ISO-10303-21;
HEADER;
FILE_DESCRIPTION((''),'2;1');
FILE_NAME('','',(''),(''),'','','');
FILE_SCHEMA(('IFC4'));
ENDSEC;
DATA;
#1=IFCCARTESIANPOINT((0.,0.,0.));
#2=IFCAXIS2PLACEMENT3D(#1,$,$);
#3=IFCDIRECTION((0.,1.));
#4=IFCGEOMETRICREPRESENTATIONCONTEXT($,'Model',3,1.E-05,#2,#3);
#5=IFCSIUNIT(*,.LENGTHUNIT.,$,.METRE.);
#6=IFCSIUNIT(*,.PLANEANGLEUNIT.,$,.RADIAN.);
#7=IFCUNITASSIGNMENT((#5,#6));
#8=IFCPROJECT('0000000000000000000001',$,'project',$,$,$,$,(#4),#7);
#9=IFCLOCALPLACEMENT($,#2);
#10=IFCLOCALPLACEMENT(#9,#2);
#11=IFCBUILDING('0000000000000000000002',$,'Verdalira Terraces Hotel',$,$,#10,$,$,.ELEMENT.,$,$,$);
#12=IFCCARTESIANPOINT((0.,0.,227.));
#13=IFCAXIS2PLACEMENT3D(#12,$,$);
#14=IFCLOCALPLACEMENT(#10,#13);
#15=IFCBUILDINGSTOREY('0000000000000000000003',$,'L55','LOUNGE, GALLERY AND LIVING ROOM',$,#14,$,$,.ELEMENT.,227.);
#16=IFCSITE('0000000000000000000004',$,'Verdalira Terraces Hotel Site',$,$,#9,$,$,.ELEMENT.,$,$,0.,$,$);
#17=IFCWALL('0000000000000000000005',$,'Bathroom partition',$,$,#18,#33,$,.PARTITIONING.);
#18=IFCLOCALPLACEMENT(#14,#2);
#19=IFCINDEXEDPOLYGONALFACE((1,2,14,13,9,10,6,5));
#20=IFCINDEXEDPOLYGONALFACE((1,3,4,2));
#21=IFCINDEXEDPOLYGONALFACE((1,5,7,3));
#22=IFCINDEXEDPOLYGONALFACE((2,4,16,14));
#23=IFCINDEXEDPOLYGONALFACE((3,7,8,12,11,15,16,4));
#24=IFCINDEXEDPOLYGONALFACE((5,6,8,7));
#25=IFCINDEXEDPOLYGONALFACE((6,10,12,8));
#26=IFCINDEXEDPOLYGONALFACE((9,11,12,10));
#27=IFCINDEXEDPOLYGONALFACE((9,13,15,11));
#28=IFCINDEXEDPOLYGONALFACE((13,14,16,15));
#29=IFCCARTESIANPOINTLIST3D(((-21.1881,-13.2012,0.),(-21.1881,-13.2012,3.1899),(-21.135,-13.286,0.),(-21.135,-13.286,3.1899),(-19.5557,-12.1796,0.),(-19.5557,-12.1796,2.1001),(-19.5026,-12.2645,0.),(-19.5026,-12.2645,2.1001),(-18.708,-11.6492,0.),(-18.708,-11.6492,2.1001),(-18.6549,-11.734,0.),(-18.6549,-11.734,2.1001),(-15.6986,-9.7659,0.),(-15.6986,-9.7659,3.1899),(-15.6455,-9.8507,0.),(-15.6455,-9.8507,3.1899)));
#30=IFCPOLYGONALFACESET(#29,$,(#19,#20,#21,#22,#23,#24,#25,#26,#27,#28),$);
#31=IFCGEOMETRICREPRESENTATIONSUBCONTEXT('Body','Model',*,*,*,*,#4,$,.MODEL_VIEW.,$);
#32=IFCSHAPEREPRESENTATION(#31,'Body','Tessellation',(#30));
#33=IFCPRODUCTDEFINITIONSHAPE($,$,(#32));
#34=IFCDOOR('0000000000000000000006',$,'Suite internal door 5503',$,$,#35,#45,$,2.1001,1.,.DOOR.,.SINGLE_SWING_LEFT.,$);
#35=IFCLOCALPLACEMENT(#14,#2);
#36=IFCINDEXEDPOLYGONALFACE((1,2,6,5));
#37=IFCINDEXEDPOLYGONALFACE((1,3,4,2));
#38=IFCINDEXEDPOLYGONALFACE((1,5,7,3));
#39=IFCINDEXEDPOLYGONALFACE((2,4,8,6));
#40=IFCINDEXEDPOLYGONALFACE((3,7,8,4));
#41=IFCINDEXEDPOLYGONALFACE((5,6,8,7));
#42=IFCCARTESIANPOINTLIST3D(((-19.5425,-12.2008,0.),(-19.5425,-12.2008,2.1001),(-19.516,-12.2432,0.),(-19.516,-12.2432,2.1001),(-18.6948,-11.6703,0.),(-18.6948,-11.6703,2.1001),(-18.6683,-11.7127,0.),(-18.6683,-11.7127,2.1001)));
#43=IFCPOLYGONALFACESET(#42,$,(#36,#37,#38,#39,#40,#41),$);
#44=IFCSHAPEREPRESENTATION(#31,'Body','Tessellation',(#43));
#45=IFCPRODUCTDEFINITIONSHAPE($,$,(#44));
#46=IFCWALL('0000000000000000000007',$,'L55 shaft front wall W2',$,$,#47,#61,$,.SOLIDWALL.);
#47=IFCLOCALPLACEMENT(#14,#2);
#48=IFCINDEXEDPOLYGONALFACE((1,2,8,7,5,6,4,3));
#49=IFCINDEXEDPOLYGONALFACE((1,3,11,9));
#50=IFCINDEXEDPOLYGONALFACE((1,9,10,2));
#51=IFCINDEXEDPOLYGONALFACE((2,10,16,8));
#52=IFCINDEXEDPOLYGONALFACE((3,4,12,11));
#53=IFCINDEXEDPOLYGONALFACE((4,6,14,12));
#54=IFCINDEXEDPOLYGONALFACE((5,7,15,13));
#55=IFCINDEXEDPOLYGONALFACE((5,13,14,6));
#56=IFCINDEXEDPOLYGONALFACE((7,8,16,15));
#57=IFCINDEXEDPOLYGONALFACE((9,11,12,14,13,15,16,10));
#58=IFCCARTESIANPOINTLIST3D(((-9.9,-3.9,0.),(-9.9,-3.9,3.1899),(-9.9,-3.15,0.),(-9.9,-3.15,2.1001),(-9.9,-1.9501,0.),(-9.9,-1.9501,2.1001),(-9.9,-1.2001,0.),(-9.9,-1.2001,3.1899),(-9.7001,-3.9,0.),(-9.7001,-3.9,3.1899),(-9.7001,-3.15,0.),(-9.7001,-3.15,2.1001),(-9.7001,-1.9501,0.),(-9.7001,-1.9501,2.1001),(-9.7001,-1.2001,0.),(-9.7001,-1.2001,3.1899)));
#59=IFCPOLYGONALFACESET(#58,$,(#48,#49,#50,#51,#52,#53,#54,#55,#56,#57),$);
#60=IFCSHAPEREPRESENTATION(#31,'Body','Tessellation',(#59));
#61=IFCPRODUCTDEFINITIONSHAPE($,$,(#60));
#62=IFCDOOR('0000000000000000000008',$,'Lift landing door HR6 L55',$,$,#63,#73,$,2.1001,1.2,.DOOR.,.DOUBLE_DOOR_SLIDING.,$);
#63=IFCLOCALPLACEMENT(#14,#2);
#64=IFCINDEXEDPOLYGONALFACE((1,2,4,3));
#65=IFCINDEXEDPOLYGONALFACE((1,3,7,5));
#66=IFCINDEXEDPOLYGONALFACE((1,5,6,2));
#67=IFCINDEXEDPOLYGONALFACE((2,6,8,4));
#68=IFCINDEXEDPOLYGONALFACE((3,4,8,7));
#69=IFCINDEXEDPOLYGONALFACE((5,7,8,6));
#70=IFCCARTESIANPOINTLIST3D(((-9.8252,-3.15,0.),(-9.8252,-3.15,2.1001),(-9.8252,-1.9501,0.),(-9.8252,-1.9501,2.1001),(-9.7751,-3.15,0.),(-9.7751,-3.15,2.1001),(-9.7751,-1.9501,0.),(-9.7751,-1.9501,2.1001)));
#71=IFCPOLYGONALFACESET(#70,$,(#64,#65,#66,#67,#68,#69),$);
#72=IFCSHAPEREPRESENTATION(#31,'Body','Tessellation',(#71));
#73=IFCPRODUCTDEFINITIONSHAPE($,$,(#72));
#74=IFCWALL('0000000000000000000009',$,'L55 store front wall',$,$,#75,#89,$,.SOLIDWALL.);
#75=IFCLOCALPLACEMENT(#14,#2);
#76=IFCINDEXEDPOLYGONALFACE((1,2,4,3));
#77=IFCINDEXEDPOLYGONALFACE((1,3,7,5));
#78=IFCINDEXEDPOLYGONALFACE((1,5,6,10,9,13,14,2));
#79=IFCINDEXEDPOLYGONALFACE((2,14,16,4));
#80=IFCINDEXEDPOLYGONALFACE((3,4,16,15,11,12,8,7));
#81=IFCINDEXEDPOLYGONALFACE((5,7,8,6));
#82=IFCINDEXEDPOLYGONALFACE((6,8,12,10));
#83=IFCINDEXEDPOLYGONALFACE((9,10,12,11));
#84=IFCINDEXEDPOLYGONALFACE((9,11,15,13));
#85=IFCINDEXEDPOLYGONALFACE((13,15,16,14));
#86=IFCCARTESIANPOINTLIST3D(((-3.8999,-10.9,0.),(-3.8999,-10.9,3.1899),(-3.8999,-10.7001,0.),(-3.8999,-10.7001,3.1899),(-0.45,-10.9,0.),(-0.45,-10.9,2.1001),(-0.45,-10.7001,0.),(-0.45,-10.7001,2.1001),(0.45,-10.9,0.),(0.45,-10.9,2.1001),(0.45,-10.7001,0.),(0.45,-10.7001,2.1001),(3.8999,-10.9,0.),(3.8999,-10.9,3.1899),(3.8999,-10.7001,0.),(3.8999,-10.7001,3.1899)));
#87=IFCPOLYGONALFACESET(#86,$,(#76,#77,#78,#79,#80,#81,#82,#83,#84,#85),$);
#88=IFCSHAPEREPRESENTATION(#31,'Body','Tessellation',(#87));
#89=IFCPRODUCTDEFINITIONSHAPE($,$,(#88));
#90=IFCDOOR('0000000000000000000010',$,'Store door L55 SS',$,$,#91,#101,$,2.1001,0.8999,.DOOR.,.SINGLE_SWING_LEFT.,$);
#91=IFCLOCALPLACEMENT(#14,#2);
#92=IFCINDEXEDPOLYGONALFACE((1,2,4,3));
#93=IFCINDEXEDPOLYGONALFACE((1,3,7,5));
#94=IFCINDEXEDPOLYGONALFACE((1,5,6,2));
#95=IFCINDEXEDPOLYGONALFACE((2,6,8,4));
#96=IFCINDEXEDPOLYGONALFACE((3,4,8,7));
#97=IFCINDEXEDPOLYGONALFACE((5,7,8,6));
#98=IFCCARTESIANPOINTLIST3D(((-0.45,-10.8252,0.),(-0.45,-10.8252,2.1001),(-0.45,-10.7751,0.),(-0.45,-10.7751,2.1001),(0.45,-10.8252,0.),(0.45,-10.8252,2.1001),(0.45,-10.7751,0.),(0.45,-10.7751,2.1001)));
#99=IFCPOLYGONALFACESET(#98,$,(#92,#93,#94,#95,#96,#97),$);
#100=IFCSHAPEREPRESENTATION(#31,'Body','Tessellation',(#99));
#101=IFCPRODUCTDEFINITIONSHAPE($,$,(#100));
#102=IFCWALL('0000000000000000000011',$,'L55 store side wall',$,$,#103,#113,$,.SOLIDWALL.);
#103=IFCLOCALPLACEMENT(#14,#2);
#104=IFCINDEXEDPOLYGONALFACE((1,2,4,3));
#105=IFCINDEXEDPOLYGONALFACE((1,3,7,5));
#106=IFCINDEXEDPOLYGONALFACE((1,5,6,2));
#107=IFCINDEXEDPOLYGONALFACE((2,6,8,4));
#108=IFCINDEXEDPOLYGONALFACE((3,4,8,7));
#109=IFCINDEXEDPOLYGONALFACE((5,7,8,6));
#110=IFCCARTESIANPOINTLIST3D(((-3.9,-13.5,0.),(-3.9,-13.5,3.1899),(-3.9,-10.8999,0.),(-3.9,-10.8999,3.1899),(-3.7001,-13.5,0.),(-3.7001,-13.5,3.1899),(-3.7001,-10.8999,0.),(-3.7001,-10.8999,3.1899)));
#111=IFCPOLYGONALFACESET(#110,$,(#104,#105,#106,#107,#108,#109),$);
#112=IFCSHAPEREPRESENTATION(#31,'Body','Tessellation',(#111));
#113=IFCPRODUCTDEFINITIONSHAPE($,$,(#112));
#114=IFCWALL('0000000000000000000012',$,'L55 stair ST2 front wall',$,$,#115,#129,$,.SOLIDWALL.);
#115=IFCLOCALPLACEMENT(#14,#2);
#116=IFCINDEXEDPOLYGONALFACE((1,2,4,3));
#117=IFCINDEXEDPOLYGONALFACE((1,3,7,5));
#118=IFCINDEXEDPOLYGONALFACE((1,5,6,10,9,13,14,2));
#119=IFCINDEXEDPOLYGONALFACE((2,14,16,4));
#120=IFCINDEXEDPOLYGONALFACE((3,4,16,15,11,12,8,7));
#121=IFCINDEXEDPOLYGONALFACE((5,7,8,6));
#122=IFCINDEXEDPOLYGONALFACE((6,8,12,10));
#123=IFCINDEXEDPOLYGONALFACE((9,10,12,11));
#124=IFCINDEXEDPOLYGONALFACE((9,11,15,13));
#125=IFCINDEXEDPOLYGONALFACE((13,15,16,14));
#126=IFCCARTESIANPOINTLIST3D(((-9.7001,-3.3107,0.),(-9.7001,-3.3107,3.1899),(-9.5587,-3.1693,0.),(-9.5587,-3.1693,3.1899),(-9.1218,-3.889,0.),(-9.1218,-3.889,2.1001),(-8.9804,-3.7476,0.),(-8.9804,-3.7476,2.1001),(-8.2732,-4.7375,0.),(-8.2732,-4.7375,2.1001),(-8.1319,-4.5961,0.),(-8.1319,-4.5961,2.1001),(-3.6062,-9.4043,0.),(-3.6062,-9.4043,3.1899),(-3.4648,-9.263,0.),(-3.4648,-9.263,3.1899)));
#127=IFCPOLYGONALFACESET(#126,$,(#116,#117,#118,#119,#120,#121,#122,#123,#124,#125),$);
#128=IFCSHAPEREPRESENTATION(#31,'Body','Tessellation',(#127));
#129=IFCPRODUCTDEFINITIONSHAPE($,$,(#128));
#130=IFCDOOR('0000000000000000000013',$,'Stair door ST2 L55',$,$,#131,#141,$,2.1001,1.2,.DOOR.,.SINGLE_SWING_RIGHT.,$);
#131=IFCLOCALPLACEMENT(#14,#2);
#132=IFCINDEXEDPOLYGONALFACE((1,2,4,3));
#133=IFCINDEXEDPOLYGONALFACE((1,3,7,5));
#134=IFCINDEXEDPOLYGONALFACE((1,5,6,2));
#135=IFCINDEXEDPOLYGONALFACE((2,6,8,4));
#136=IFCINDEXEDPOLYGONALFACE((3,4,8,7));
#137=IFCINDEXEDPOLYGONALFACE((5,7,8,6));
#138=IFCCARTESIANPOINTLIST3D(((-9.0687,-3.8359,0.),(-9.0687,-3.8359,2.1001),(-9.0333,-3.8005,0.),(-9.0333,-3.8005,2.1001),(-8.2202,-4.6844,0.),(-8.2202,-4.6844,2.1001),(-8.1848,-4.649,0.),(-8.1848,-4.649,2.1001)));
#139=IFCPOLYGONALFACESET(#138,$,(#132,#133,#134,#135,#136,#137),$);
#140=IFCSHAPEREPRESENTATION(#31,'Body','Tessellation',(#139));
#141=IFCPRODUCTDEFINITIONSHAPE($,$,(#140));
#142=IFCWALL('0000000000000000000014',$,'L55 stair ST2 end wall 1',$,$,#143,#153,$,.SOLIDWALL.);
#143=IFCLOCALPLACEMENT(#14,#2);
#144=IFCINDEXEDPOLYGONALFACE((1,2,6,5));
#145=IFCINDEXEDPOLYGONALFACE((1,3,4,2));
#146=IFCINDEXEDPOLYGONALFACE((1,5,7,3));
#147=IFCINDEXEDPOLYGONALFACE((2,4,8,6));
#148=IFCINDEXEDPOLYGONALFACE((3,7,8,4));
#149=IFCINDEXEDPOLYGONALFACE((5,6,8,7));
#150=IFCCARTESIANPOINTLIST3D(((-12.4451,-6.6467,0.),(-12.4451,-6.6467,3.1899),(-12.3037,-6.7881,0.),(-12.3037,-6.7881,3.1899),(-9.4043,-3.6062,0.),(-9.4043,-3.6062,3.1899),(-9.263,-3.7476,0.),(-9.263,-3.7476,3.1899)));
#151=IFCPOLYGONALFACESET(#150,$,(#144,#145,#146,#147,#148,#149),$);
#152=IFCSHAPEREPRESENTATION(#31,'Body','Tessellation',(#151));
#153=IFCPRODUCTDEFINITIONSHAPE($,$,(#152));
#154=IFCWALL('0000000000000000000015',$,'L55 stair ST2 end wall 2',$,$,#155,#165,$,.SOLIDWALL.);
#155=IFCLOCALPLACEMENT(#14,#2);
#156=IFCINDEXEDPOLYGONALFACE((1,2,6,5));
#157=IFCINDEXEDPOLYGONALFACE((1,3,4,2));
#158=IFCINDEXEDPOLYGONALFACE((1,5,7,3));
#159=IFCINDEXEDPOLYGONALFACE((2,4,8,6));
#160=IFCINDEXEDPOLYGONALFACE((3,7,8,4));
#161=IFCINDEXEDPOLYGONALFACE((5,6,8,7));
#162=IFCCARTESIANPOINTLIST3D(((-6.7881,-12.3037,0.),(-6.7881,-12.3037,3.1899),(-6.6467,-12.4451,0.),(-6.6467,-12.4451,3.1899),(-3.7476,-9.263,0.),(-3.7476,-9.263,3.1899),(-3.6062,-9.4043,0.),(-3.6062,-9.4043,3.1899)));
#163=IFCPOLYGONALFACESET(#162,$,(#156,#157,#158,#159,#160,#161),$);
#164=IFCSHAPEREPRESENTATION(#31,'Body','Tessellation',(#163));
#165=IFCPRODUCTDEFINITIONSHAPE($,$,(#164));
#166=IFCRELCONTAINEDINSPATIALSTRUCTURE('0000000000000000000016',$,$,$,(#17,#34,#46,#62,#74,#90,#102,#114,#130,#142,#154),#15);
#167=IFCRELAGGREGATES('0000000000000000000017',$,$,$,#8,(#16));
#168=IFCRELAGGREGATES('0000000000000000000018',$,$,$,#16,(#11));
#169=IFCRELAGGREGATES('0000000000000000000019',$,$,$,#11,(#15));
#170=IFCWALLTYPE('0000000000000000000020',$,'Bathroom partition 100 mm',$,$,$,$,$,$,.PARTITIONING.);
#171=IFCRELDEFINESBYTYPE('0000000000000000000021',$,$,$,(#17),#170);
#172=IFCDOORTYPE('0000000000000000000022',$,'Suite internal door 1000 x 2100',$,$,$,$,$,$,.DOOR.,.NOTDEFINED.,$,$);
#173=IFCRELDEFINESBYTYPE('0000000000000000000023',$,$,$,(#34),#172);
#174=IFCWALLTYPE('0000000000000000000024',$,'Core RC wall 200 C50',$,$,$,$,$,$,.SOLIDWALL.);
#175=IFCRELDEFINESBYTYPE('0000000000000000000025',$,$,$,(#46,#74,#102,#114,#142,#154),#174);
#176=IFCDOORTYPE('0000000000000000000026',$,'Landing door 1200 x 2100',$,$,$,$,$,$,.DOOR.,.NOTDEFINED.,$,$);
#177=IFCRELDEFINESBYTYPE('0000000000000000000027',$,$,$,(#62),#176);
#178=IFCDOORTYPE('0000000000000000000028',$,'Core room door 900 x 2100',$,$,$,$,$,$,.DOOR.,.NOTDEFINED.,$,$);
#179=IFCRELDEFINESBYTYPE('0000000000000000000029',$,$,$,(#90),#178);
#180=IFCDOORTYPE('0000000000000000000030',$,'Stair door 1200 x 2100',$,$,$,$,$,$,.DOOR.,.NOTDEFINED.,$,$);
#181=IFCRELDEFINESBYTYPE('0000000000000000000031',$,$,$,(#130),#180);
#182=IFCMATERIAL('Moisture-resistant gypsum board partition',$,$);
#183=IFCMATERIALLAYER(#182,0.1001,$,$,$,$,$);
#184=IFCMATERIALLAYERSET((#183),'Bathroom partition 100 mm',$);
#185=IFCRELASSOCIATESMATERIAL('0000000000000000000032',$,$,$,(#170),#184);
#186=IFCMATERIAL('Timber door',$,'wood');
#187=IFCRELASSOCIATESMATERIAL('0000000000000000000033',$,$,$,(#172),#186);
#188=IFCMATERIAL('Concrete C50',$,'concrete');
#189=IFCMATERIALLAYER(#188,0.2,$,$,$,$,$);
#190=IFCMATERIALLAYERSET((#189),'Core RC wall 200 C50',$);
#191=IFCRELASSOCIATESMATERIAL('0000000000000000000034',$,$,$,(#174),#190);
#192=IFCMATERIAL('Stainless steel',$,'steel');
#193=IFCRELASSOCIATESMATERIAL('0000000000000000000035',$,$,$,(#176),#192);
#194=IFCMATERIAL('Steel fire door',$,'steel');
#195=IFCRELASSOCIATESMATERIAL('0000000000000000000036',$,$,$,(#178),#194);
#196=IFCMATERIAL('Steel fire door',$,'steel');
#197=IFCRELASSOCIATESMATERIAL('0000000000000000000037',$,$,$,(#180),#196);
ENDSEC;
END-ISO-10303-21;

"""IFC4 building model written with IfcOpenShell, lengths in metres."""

from ifc_helpers import new_model, si_unit, direction, frame, frame_2d, origin, place, context, subcontext, project, spatial, rectangle, extrude, material, layer, layer_set, type_object, element, fill, save


model = new_model("IFC4")

# Units and contexts
model_context = context("Model", 3, precision=1e-05, world=origin(), true_north=direction((0.0, 1.0)))
body_context = subcontext(model_context, "Body", "Model", "MODEL_VIEW")
ifc_project = project(units=[si_unit("LENGTHUNIT", "METRE"), si_unit("PLANEANGLEUNIT", "RADIAN")], contexts=[model_context])

# Site, building, storey
site_placement = place(None, origin())
site = spatial("IfcSite", under=ifc_project, at=site_placement, Name="Verdalira Terraces Hotel Site", CompositionType="ELEMENT", RefElevation=0.0)
building_placement = place(site_placement, origin())
building = spatial("IfcBuilding", under=site, at=building_placement, Name="Verdalira Terraces Hotel", CompositionType="ELEMENT")
storey_placement = place(building_placement, frame((0.0, 0.0, 227.0)))
storey = spatial("IfcBuildingStorey", under=building, at=storey_placement, Name="L55", Description="LOUNGE, GALLERY AND LIVING ROOM", CompositionType="ELEMENT", Elevation=227.0)

# Walls, openings, doors
ifc_material_1 = material(Name="Moisture-resistant gypsum board partition")
ifc_layer_1 = layer(ifc_material_1, 0.1001)
ifc_layer_set_1 = layer_set([ifc_layer_1], Name="Bathroom partition 100 mm")
wall_type_1 = type_object("IfcWallType", Name="Bathroom partition 100 mm", PredefinedType="PARTITIONING", material=ifc_layer_set_1)
wall_1_placement = place(storey_placement, frame((-15.6721, -9.8084, 0.0), z_axis=(0.0, 0.0, 1.0), x_axis=(-0.847695, -0.530483, 0.0)))
wall_1 = element("IfcWall", 1, at=wall_1_placement, inside=storey, type_object=wall_type_1, Name="Bathroom partition", PredefinedType="PARTITIONING", context=body_context, shape_type="SweptSolid", body=[
    extrude(rectangle(XDim=6.4758, YDim=0.1001, at=frame_2d((3.2378, 0.0))), origin(), (0.0, 0.0, 1.0), 3.1899),
])
opening_1_placement = place(wall_1_placement, frame((3.55, 0.0, 0.0)))
opening_1 = element("IfcOpeningElement", 2, at=opening_1_placement, cuts=wall_1, PredefinedType="OPENING", context=body_context, shape_type="SweptSolid", body=[
    extrude(rectangle(XDim=1.0, YDim=2.1001, at=frame_2d((0.5, 1.05))), frame((0.0, 0.0601, 0.0), z_axis=(0.0, -1.0, 0.0), x_axis=(1.0, 0.0, 0.0)), (0.0, 0.0, 1.0), 0.1201),
])
ifc_material_2 = material(Name="Timber door", Category="wood")
door_type_1 = type_object("IfcDoorType", Name="Suite internal door 1000 x 2100", OperationType="NOTDEFINED", PredefinedType="DOOR", material=ifc_material_2)
door_1_placement = place(opening_1_placement, origin())
door_1 = element("IfcDoor", 3, at=door_1_placement, inside=storey, type_object=door_type_1, Name="Suite internal door 5503", OperationType="SINGLE_SWING_LEFT", OverallHeight=2.1001, OverallWidth=1.0, PredefinedType="DOOR", context=body_context, shape_type="SweptSolid", body=[
    extrude(rectangle(XDim=1.0, YDim=2.1001, at=frame_2d((0.5, 1.05))), frame((0.0, 0.0249, 0.0), z_axis=(0.0, -1.0, 0.0), x_axis=(1.0, 0.0, 0.0)), (0.0, 0.0, 1.0), 0.05),
])
fill(opening_1, door_1)
ifc_material_3 = material(Name="Concrete C50", Category="concrete")
ifc_layer_2 = layer(ifc_material_3, 0.2)
ifc_layer_set_2 = layer_set([ifc_layer_2], Name="Core RC wall 200 C50")
wall_type_2 = type_object("IfcWallType", Name="Core RC wall 200 C50", PredefinedType="SOLIDWALL", material=ifc_layer_set_2)
wall_2_placement = place(storey_placement, frame((-9.8, -1.2, 0.0), z_axis=(0.0, 0.0, 1.0), x_axis=(0.0, -1.0, 0.0)))
wall_2 = element("IfcWall", 4, at=wall_2_placement, inside=storey, type_object=wall_type_2, Name="L55 shaft front wall W2", PredefinedType="SOLIDWALL", context=body_context, shape_type="SweptSolid", body=[
    extrude(rectangle(XDim=2.7, YDim=0.2, at=frame_2d((1.3501, 0.0))), origin(), (0.0, 0.0, 1.0), 3.1899),
])
opening_2_placement = place(wall_2_placement, frame((0.75, 0.0, 0.0)))
opening_2 = element("IfcOpeningElement", 5, at=opening_2_placement, cuts=wall_2, PredefinedType="OPENING", context=body_context, shape_type="SweptSolid", body=[
    extrude(rectangle(XDim=1.2, YDim=2.1001, at=frame_2d((0.6001, 1.05))), frame((0.0, 0.1099, 0.0), z_axis=(0.0, -1.0, 0.0), x_axis=(1.0, 0.0, 0.0)), (0.0, 0.0, 1.0), 0.22),
])
ifc_material_4 = material(Name="Stainless steel", Category="steel")
door_type_2 = type_object("IfcDoorType", Name="Landing door 1200 x 2100", OperationType="NOTDEFINED", PredefinedType="DOOR", material=ifc_material_4)
door_2_placement = place(opening_2_placement, origin())
door_2 = element("IfcDoor", 6, at=door_2_placement, inside=storey, type_object=door_type_2, Name="Lift landing door HR6 L55", OperationType="DOUBLE_DOOR_SLIDING", OverallHeight=2.1001, OverallWidth=1.2, PredefinedType="DOOR", context=body_context, shape_type="SweptSolid", body=[
    extrude(rectangle(XDim=1.2, YDim=2.1001, at=frame_2d((0.6001, 1.05))), frame((0.0, 0.0249, 0.0), z_axis=(0.0, -1.0, 0.0), x_axis=(1.0, 0.0, 0.0)), (0.0, 0.0, 1.0), 0.05),
])
fill(opening_2, door_2)
wall_3_placement = place(storey_placement, frame((-3.8999, -10.8, 0.0), z_axis=(0.0, 0.0, 1.0), x_axis=(1.0, 0.0, 0.0)))
wall_3 = element("IfcWall", 7, at=wall_3_placement, inside=storey, type_object=wall_type_2, Name="L55 store front wall", PredefinedType="SOLIDWALL", context=body_context, shape_type="SweptSolid", body=[
    extrude(rectangle(XDim=7.7998, YDim=0.2, at=frame_2d((3.8999, 0.0))), origin(), (0.0, 0.0, 1.0), 3.1899),
])
opening_3_placement = place(wall_3_placement, frame((3.45, 0.0, 0.0)))
opening_3 = element("IfcOpeningElement", 8, at=opening_3_placement, cuts=wall_3, PredefinedType="OPENING", context=body_context, shape_type="SweptSolid", body=[
    extrude(rectangle(XDim=0.8999, YDim=2.1001, at=frame_2d((0.45, 1.05))), frame((0.0, 0.1099, 0.0), z_axis=(0.0, -1.0, 0.0), x_axis=(1.0, 0.0, 0.0)), (0.0, 0.0, 1.0), 0.22),
])
ifc_material_5 = material(Name="Steel fire door", Category="steel")
door_type_3 = type_object("IfcDoorType", Name="Core room door 900 x 2100", OperationType="NOTDEFINED", PredefinedType="DOOR", material=ifc_material_5)
door_3_placement = place(opening_3_placement, origin())
door_3 = element("IfcDoor", 9, at=door_3_placement, inside=storey, type_object=door_type_3, Name="Store door L55 SS", OperationType="SINGLE_SWING_LEFT", OverallHeight=2.1001, OverallWidth=0.8999, PredefinedType="DOOR", context=body_context, shape_type="SweptSolid", body=[
    extrude(rectangle(XDim=0.8999, YDim=2.1001, at=frame_2d((0.45, 1.05))), frame((0.0, 0.0249, 0.0), z_axis=(0.0, -1.0, 0.0), x_axis=(1.0, 0.0, 0.0)), (0.0, 0.0, 1.0), 0.05),
])
fill(opening_3, door_3)

# Wall
wall_4_placement = place(storey_placement, frame((-3.8, -10.8999, 0.0), z_axis=(0.0, 0.0, 1.0), x_axis=(0.0, -1.0, 0.0)))
element("IfcWall", 10, at=wall_4_placement, inside=storey, type_object=wall_type_2, Name="L55 store side wall", PredefinedType="SOLIDWALL", context=body_context, shape_type="SweptSolid", body=[
    extrude(rectangle(XDim=2.6001, YDim=0.2, at=frame_2d((1.3, 0.0))), origin(), (0.0, 0.0, 1.0), 3.1899),
])

# Wall, opening, door
wall_5_placement = place(storey_placement, frame((-3.5354, -9.3337, 0.0), z_axis=(0.0, 0.0, 1.0), x_axis=(-0.707121, 0.707093, 0.0)))
wall_5 = element("IfcWall", 11, at=wall_5_placement, inside=storey, type_object=wall_type_2, Name="L55 stair ST2 front wall", PredefinedType="SOLIDWALL", context=body_context, shape_type="SweptSolid", body=[
    extrude(rectangle(XDim=8.6179, YDim=0.2, at=frame_2d((4.3091, 0.0))), origin(), (0.0, 0.0, 1.0), 3.1899),
])
opening_4_placement = place(wall_5_placement, frame((6.6001, 0.0, 0.0)))
opening_4 = element("IfcOpeningElement", 12, at=opening_4_placement, cuts=wall_5, PredefinedType="OPENING", context=body_context, shape_type="SweptSolid", body=[
    extrude(rectangle(XDim=1.2, YDim=2.1001, at=frame_2d((0.6001, 1.05))), frame((0.0, 0.1099, 0.0), z_axis=(0.0, -1.0, 0.0), x_axis=(1.0, 0.0, 0.0)), (0.0, 0.0, 1.0), 0.22),
])
ifc_material_6 = material(Name="Steel fire door", Category="steel")
door_type_4 = type_object("IfcDoorType", Name="Stair door 1200 x 2100", OperationType="NOTDEFINED", PredefinedType="DOOR", material=ifc_material_6)
door_4_placement = place(opening_4_placement, origin())
door_4 = element("IfcDoor", 13, at=door_4_placement, inside=storey, type_object=door_type_4, Name="Stair door ST2 L55", OperationType="SINGLE_SWING_RIGHT", OverallHeight=2.1001, OverallWidth=1.2, PredefinedType="DOOR", context=body_context, shape_type="SweptSolid", body=[
    extrude(rectangle(XDim=1.2, YDim=2.1001, at=frame_2d((0.6001, 1.05))), frame((0.0, 0.0249, 0.0), z_axis=(0.0, -1.0, 0.0), x_axis=(1.0, 0.0, 0.0)), (0.0, 0.0, 1.0), 0.05),
])
fill(opening_4, door_4)

# Walls
for number, where, z_axis, x_axis, name in (
    (14, (-9.3337, -3.677, 0.0), (0.0, 0.0, 1.0), (-0.707135, -0.707078, 0.0), "L55 stair ST2 end wall 1"),
    (15, (-3.677, -9.3337, 0.0), (0.0, 0.0, 1.0), (-0.707078, -0.707135, 0.0), "L55 stair ST2 end wall 2"),
):
    element("IfcWall", number, at=place(storey_placement, frame(where, z_axis=z_axis, x_axis=x_axis)), inside=storey, type_object=wall_type_2, Name=name, PredefinedType="SOLIDWALL", context=body_context, shape_type="SweptSolid", body=[
        extrude(rectangle(XDim=4.3, YDim=0.2, at=frame_2d((2.1499, 0.0))), origin(), (0.0, 0.0, 1.0), 3.1899),
    ])

save(model, "model.ifc")
